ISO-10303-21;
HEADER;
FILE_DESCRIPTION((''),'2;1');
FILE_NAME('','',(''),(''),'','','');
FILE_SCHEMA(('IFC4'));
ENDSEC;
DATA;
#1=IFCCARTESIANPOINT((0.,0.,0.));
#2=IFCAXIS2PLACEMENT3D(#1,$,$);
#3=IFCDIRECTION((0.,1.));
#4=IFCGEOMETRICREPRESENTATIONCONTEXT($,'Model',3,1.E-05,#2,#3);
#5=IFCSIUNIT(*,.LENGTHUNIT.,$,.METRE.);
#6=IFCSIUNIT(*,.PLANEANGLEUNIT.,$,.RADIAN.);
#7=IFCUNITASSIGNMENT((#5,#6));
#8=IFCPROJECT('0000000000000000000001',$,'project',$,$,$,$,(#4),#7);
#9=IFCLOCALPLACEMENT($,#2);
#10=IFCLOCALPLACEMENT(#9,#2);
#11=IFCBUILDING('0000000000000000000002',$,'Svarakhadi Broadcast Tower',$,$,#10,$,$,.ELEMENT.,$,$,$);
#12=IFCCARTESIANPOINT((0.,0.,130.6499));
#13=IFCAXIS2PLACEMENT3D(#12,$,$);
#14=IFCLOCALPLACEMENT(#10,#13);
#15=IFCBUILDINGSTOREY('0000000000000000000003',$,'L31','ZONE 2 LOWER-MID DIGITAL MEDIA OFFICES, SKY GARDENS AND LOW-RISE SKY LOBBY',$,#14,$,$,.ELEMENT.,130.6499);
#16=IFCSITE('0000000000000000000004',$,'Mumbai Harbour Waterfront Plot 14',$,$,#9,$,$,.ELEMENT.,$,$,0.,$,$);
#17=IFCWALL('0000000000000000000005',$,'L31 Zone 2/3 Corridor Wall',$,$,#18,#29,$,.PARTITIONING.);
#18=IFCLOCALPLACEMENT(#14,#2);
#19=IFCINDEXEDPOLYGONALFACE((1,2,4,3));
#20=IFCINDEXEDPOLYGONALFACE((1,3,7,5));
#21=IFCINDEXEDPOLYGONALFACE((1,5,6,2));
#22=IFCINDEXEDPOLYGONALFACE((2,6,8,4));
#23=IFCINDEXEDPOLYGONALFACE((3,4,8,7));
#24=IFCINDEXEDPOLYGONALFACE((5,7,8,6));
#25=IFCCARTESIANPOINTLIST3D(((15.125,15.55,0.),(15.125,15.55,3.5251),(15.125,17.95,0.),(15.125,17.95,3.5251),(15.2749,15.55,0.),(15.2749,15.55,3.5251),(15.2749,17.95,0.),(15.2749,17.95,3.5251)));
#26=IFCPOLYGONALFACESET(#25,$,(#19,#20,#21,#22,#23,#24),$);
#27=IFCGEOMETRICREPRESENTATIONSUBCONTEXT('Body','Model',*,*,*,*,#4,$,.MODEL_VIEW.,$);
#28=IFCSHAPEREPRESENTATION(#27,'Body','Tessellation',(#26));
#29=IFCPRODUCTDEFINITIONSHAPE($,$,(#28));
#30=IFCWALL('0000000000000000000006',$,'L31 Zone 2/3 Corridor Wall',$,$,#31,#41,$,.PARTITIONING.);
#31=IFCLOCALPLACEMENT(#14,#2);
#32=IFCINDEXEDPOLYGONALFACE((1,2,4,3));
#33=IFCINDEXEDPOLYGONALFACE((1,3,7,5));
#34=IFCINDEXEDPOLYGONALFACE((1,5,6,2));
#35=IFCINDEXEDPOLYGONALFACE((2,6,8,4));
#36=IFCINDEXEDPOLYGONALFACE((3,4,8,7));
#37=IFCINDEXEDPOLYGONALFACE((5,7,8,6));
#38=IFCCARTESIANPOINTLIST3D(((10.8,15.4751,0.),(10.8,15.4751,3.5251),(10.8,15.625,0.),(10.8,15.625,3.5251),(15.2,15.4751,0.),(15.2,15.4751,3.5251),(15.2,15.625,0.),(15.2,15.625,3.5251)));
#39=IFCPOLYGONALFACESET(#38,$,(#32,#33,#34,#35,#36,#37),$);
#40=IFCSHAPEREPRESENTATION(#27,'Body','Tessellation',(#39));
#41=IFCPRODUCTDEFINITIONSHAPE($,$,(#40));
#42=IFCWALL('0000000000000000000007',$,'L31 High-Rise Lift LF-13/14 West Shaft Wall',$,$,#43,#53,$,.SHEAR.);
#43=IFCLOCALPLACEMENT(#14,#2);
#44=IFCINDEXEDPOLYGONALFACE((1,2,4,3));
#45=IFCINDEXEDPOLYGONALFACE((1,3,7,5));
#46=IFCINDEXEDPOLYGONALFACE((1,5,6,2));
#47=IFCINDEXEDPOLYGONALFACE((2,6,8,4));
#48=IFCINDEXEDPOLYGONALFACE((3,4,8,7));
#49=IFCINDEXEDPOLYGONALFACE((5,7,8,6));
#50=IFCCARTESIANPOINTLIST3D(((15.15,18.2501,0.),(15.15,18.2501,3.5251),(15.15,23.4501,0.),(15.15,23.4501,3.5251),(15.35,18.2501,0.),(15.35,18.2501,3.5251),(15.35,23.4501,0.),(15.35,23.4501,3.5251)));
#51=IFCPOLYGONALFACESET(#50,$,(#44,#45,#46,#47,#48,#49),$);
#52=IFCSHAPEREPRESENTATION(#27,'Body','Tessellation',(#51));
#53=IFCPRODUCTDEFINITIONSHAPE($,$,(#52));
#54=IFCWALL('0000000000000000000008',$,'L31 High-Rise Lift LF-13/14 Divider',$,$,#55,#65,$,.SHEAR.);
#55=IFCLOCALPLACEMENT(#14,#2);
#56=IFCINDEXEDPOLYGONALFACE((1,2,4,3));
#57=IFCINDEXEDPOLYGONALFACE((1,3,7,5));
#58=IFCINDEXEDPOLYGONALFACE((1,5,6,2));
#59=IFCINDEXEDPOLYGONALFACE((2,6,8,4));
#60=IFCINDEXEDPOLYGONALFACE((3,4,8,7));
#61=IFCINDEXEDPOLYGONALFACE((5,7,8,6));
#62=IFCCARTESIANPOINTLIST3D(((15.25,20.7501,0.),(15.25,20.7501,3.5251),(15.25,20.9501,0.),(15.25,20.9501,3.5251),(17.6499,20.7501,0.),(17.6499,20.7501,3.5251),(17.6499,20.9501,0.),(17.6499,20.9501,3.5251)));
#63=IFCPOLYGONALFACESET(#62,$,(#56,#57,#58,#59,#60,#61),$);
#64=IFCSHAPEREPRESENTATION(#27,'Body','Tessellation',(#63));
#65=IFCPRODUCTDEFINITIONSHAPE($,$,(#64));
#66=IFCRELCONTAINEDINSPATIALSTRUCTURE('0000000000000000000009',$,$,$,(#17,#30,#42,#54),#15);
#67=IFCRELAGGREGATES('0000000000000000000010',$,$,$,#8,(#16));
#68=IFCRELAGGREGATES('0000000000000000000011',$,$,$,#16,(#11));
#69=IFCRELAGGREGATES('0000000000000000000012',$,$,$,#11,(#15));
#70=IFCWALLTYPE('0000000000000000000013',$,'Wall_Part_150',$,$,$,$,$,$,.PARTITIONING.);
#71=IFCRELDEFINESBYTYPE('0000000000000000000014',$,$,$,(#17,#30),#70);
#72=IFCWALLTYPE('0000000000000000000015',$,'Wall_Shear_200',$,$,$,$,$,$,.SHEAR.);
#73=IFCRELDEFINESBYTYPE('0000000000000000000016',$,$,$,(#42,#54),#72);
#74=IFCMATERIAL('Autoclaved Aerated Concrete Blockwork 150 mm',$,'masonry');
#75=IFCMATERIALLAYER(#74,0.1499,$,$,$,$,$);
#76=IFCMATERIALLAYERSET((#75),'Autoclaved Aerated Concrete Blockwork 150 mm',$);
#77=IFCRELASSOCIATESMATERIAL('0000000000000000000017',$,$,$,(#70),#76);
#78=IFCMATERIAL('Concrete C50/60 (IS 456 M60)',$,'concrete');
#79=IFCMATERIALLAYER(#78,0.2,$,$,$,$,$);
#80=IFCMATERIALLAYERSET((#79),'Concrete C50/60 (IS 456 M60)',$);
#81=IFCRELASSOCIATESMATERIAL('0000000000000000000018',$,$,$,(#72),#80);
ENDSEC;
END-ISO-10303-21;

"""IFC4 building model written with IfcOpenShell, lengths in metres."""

from ifc_helpers import new_model, si_unit, direction, frame, frame_2d, origin, place, context, subcontext, project, spatial, rectangle, extrude, material, layer, layer_set, type_object, element, save


model = new_model("IFC4")

# Units and contexts
model_context = context("Model", 3, precision=1e-05, world=origin(), true_north=direction((0.0, 1.0)))
body_context = subcontext(model_context, "Body", "Model", "MODEL_VIEW")
ifc_project = project(units=[si_unit("LENGTHUNIT", "METRE"), si_unit("PLANEANGLEUNIT", "RADIAN")], contexts=[model_context])

# Site, building, storey
site_placement = place(None, origin())
site = spatial("IfcSite", under=ifc_project, at=site_placement, Name="Mumbai Harbour Waterfront Plot 14", CompositionType="ELEMENT", RefElevation=0.0)
building_placement = place(site_placement, origin())
building = spatial("IfcBuilding", under=site, at=building_placement, Name="Svarakhadi Broadcast Tower", CompositionType="ELEMENT")
storey_placement = place(building_placement, frame((0.0, 0.0, 130.6499)))
storey = spatial("IfcBuildingStorey", under=building, at=storey_placement, Name="L31", Description="ZONE 2 LOWER-MID DIGITAL MEDIA OFFICES, SKY GARDENS AND LOW-RISE SKY LOBBY", CompositionType="ELEMENT", Elevation=130.6499)

# Shared definitions
ifc_material_1 = material(Name="Concrete C50/60 (IS 456 M60)", Category="concrete")

# Walls
ifc_material_2 = material(Name="Autoclaved Aerated Concrete Blockwork 150 mm", Category="masonry")
ifc_layer_1 = layer(ifc_material_2, 0.1499)
ifc_layer_set_1 = layer_set([ifc_layer_1], Name="Autoclaved Aerated Concrete Blockwork 150 mm")
wall_type_1 = type_object("IfcWallType", Name="Wall_Part_150", PredefinedType="PARTITIONING", material=ifc_layer_set_1)
wall_1_placement = place(storey_placement, frame((15.2, 17.95, 0.0), z_axis=(0.0, 0.0, 1.0), x_axis=(0.0, -1.0, 0.0)))
element("IfcWall", 1, at=wall_1_placement, inside=storey, type_object=wall_type_1, Name="L31 Zone 2/3 Corridor Wall", PredefinedType="PARTITIONING", context=body_context, shape_type="SweptSolid", body=[
    extrude(rectangle(XDim=2.3999, YDim=0.1499, at=frame_2d((1.2, 0.0))), origin(), (0.0, 0.0, 1.0), 3.5251),
])
wall_2_placement = place(storey_placement, frame((15.2, 15.55, 0.0), z_axis=(0.0, 0.0, 1.0), x_axis=(-1.0, 0.0, 0.0)))
element("IfcWall", 2, at=wall_2_placement, inside=storey, type_object=wall_type_1, Name="L31 Zone 2/3 Corridor Wall", PredefinedType="PARTITIONING", context=body_context, shape_type="SweptSolid", body=[
    extrude(rectangle(XDim=4.3999, YDim=0.1499, at=frame_2d((2.2, 0.0))), origin(), (0.0, 0.0, 1.0), 3.5251),
])

# Shared definitions
ifc_layer_2 = layer(ifc_material_1, 0.2)
ifc_layer_set_2 = layer_set([ifc_layer_2], Name="Concrete C50/60 (IS 456 M60)")
wall_type_2 = type_object("IfcWallType", Name="Wall_Shear_200", PredefinedType="SHEAR", material=ifc_layer_set_2)

# Walls
wall_3_placement = place(storey_placement, frame((15.25, 18.25, 0.0), z_axis=(0.0, 0.0, 1.0), x_axis=(0.0, 1.0, 0.0)))
element("IfcWall", 3, at=wall_3_placement, inside=storey, type_object=wall_type_2, Name="L31 High-Rise Lift LF-13/14 West Shaft Wall", PredefinedType="SHEAR", context=body_context, shape_type="SweptSolid", body=[
    extrude(rectangle(XDim=5.2, YDim=0.2, at=frame_2d((2.6001, 0.0))), origin(), (0.0, 0.0, 1.0), 3.5251),
])
wall_4_placement = place(storey_placement, frame((15.25, 20.8501, 0.0), z_axis=(0.0, 0.0, 1.0), x_axis=(1.0, 0.0, 0.0)))
element("IfcWall", 4, at=wall_4_placement, inside=storey, type_object=wall_type_2, Name="L31 High-Rise Lift LF-13/14 Divider", PredefinedType="SHEAR", context=body_context, shape_type="SweptSolid", body=[
    extrude(rectangle(XDim=2.3999, YDim=0.2, at=frame_2d((1.2, 0.0))), origin(), (0.0, 0.0, 1.0), 3.5251),
])

save(model, "model.ifc")
